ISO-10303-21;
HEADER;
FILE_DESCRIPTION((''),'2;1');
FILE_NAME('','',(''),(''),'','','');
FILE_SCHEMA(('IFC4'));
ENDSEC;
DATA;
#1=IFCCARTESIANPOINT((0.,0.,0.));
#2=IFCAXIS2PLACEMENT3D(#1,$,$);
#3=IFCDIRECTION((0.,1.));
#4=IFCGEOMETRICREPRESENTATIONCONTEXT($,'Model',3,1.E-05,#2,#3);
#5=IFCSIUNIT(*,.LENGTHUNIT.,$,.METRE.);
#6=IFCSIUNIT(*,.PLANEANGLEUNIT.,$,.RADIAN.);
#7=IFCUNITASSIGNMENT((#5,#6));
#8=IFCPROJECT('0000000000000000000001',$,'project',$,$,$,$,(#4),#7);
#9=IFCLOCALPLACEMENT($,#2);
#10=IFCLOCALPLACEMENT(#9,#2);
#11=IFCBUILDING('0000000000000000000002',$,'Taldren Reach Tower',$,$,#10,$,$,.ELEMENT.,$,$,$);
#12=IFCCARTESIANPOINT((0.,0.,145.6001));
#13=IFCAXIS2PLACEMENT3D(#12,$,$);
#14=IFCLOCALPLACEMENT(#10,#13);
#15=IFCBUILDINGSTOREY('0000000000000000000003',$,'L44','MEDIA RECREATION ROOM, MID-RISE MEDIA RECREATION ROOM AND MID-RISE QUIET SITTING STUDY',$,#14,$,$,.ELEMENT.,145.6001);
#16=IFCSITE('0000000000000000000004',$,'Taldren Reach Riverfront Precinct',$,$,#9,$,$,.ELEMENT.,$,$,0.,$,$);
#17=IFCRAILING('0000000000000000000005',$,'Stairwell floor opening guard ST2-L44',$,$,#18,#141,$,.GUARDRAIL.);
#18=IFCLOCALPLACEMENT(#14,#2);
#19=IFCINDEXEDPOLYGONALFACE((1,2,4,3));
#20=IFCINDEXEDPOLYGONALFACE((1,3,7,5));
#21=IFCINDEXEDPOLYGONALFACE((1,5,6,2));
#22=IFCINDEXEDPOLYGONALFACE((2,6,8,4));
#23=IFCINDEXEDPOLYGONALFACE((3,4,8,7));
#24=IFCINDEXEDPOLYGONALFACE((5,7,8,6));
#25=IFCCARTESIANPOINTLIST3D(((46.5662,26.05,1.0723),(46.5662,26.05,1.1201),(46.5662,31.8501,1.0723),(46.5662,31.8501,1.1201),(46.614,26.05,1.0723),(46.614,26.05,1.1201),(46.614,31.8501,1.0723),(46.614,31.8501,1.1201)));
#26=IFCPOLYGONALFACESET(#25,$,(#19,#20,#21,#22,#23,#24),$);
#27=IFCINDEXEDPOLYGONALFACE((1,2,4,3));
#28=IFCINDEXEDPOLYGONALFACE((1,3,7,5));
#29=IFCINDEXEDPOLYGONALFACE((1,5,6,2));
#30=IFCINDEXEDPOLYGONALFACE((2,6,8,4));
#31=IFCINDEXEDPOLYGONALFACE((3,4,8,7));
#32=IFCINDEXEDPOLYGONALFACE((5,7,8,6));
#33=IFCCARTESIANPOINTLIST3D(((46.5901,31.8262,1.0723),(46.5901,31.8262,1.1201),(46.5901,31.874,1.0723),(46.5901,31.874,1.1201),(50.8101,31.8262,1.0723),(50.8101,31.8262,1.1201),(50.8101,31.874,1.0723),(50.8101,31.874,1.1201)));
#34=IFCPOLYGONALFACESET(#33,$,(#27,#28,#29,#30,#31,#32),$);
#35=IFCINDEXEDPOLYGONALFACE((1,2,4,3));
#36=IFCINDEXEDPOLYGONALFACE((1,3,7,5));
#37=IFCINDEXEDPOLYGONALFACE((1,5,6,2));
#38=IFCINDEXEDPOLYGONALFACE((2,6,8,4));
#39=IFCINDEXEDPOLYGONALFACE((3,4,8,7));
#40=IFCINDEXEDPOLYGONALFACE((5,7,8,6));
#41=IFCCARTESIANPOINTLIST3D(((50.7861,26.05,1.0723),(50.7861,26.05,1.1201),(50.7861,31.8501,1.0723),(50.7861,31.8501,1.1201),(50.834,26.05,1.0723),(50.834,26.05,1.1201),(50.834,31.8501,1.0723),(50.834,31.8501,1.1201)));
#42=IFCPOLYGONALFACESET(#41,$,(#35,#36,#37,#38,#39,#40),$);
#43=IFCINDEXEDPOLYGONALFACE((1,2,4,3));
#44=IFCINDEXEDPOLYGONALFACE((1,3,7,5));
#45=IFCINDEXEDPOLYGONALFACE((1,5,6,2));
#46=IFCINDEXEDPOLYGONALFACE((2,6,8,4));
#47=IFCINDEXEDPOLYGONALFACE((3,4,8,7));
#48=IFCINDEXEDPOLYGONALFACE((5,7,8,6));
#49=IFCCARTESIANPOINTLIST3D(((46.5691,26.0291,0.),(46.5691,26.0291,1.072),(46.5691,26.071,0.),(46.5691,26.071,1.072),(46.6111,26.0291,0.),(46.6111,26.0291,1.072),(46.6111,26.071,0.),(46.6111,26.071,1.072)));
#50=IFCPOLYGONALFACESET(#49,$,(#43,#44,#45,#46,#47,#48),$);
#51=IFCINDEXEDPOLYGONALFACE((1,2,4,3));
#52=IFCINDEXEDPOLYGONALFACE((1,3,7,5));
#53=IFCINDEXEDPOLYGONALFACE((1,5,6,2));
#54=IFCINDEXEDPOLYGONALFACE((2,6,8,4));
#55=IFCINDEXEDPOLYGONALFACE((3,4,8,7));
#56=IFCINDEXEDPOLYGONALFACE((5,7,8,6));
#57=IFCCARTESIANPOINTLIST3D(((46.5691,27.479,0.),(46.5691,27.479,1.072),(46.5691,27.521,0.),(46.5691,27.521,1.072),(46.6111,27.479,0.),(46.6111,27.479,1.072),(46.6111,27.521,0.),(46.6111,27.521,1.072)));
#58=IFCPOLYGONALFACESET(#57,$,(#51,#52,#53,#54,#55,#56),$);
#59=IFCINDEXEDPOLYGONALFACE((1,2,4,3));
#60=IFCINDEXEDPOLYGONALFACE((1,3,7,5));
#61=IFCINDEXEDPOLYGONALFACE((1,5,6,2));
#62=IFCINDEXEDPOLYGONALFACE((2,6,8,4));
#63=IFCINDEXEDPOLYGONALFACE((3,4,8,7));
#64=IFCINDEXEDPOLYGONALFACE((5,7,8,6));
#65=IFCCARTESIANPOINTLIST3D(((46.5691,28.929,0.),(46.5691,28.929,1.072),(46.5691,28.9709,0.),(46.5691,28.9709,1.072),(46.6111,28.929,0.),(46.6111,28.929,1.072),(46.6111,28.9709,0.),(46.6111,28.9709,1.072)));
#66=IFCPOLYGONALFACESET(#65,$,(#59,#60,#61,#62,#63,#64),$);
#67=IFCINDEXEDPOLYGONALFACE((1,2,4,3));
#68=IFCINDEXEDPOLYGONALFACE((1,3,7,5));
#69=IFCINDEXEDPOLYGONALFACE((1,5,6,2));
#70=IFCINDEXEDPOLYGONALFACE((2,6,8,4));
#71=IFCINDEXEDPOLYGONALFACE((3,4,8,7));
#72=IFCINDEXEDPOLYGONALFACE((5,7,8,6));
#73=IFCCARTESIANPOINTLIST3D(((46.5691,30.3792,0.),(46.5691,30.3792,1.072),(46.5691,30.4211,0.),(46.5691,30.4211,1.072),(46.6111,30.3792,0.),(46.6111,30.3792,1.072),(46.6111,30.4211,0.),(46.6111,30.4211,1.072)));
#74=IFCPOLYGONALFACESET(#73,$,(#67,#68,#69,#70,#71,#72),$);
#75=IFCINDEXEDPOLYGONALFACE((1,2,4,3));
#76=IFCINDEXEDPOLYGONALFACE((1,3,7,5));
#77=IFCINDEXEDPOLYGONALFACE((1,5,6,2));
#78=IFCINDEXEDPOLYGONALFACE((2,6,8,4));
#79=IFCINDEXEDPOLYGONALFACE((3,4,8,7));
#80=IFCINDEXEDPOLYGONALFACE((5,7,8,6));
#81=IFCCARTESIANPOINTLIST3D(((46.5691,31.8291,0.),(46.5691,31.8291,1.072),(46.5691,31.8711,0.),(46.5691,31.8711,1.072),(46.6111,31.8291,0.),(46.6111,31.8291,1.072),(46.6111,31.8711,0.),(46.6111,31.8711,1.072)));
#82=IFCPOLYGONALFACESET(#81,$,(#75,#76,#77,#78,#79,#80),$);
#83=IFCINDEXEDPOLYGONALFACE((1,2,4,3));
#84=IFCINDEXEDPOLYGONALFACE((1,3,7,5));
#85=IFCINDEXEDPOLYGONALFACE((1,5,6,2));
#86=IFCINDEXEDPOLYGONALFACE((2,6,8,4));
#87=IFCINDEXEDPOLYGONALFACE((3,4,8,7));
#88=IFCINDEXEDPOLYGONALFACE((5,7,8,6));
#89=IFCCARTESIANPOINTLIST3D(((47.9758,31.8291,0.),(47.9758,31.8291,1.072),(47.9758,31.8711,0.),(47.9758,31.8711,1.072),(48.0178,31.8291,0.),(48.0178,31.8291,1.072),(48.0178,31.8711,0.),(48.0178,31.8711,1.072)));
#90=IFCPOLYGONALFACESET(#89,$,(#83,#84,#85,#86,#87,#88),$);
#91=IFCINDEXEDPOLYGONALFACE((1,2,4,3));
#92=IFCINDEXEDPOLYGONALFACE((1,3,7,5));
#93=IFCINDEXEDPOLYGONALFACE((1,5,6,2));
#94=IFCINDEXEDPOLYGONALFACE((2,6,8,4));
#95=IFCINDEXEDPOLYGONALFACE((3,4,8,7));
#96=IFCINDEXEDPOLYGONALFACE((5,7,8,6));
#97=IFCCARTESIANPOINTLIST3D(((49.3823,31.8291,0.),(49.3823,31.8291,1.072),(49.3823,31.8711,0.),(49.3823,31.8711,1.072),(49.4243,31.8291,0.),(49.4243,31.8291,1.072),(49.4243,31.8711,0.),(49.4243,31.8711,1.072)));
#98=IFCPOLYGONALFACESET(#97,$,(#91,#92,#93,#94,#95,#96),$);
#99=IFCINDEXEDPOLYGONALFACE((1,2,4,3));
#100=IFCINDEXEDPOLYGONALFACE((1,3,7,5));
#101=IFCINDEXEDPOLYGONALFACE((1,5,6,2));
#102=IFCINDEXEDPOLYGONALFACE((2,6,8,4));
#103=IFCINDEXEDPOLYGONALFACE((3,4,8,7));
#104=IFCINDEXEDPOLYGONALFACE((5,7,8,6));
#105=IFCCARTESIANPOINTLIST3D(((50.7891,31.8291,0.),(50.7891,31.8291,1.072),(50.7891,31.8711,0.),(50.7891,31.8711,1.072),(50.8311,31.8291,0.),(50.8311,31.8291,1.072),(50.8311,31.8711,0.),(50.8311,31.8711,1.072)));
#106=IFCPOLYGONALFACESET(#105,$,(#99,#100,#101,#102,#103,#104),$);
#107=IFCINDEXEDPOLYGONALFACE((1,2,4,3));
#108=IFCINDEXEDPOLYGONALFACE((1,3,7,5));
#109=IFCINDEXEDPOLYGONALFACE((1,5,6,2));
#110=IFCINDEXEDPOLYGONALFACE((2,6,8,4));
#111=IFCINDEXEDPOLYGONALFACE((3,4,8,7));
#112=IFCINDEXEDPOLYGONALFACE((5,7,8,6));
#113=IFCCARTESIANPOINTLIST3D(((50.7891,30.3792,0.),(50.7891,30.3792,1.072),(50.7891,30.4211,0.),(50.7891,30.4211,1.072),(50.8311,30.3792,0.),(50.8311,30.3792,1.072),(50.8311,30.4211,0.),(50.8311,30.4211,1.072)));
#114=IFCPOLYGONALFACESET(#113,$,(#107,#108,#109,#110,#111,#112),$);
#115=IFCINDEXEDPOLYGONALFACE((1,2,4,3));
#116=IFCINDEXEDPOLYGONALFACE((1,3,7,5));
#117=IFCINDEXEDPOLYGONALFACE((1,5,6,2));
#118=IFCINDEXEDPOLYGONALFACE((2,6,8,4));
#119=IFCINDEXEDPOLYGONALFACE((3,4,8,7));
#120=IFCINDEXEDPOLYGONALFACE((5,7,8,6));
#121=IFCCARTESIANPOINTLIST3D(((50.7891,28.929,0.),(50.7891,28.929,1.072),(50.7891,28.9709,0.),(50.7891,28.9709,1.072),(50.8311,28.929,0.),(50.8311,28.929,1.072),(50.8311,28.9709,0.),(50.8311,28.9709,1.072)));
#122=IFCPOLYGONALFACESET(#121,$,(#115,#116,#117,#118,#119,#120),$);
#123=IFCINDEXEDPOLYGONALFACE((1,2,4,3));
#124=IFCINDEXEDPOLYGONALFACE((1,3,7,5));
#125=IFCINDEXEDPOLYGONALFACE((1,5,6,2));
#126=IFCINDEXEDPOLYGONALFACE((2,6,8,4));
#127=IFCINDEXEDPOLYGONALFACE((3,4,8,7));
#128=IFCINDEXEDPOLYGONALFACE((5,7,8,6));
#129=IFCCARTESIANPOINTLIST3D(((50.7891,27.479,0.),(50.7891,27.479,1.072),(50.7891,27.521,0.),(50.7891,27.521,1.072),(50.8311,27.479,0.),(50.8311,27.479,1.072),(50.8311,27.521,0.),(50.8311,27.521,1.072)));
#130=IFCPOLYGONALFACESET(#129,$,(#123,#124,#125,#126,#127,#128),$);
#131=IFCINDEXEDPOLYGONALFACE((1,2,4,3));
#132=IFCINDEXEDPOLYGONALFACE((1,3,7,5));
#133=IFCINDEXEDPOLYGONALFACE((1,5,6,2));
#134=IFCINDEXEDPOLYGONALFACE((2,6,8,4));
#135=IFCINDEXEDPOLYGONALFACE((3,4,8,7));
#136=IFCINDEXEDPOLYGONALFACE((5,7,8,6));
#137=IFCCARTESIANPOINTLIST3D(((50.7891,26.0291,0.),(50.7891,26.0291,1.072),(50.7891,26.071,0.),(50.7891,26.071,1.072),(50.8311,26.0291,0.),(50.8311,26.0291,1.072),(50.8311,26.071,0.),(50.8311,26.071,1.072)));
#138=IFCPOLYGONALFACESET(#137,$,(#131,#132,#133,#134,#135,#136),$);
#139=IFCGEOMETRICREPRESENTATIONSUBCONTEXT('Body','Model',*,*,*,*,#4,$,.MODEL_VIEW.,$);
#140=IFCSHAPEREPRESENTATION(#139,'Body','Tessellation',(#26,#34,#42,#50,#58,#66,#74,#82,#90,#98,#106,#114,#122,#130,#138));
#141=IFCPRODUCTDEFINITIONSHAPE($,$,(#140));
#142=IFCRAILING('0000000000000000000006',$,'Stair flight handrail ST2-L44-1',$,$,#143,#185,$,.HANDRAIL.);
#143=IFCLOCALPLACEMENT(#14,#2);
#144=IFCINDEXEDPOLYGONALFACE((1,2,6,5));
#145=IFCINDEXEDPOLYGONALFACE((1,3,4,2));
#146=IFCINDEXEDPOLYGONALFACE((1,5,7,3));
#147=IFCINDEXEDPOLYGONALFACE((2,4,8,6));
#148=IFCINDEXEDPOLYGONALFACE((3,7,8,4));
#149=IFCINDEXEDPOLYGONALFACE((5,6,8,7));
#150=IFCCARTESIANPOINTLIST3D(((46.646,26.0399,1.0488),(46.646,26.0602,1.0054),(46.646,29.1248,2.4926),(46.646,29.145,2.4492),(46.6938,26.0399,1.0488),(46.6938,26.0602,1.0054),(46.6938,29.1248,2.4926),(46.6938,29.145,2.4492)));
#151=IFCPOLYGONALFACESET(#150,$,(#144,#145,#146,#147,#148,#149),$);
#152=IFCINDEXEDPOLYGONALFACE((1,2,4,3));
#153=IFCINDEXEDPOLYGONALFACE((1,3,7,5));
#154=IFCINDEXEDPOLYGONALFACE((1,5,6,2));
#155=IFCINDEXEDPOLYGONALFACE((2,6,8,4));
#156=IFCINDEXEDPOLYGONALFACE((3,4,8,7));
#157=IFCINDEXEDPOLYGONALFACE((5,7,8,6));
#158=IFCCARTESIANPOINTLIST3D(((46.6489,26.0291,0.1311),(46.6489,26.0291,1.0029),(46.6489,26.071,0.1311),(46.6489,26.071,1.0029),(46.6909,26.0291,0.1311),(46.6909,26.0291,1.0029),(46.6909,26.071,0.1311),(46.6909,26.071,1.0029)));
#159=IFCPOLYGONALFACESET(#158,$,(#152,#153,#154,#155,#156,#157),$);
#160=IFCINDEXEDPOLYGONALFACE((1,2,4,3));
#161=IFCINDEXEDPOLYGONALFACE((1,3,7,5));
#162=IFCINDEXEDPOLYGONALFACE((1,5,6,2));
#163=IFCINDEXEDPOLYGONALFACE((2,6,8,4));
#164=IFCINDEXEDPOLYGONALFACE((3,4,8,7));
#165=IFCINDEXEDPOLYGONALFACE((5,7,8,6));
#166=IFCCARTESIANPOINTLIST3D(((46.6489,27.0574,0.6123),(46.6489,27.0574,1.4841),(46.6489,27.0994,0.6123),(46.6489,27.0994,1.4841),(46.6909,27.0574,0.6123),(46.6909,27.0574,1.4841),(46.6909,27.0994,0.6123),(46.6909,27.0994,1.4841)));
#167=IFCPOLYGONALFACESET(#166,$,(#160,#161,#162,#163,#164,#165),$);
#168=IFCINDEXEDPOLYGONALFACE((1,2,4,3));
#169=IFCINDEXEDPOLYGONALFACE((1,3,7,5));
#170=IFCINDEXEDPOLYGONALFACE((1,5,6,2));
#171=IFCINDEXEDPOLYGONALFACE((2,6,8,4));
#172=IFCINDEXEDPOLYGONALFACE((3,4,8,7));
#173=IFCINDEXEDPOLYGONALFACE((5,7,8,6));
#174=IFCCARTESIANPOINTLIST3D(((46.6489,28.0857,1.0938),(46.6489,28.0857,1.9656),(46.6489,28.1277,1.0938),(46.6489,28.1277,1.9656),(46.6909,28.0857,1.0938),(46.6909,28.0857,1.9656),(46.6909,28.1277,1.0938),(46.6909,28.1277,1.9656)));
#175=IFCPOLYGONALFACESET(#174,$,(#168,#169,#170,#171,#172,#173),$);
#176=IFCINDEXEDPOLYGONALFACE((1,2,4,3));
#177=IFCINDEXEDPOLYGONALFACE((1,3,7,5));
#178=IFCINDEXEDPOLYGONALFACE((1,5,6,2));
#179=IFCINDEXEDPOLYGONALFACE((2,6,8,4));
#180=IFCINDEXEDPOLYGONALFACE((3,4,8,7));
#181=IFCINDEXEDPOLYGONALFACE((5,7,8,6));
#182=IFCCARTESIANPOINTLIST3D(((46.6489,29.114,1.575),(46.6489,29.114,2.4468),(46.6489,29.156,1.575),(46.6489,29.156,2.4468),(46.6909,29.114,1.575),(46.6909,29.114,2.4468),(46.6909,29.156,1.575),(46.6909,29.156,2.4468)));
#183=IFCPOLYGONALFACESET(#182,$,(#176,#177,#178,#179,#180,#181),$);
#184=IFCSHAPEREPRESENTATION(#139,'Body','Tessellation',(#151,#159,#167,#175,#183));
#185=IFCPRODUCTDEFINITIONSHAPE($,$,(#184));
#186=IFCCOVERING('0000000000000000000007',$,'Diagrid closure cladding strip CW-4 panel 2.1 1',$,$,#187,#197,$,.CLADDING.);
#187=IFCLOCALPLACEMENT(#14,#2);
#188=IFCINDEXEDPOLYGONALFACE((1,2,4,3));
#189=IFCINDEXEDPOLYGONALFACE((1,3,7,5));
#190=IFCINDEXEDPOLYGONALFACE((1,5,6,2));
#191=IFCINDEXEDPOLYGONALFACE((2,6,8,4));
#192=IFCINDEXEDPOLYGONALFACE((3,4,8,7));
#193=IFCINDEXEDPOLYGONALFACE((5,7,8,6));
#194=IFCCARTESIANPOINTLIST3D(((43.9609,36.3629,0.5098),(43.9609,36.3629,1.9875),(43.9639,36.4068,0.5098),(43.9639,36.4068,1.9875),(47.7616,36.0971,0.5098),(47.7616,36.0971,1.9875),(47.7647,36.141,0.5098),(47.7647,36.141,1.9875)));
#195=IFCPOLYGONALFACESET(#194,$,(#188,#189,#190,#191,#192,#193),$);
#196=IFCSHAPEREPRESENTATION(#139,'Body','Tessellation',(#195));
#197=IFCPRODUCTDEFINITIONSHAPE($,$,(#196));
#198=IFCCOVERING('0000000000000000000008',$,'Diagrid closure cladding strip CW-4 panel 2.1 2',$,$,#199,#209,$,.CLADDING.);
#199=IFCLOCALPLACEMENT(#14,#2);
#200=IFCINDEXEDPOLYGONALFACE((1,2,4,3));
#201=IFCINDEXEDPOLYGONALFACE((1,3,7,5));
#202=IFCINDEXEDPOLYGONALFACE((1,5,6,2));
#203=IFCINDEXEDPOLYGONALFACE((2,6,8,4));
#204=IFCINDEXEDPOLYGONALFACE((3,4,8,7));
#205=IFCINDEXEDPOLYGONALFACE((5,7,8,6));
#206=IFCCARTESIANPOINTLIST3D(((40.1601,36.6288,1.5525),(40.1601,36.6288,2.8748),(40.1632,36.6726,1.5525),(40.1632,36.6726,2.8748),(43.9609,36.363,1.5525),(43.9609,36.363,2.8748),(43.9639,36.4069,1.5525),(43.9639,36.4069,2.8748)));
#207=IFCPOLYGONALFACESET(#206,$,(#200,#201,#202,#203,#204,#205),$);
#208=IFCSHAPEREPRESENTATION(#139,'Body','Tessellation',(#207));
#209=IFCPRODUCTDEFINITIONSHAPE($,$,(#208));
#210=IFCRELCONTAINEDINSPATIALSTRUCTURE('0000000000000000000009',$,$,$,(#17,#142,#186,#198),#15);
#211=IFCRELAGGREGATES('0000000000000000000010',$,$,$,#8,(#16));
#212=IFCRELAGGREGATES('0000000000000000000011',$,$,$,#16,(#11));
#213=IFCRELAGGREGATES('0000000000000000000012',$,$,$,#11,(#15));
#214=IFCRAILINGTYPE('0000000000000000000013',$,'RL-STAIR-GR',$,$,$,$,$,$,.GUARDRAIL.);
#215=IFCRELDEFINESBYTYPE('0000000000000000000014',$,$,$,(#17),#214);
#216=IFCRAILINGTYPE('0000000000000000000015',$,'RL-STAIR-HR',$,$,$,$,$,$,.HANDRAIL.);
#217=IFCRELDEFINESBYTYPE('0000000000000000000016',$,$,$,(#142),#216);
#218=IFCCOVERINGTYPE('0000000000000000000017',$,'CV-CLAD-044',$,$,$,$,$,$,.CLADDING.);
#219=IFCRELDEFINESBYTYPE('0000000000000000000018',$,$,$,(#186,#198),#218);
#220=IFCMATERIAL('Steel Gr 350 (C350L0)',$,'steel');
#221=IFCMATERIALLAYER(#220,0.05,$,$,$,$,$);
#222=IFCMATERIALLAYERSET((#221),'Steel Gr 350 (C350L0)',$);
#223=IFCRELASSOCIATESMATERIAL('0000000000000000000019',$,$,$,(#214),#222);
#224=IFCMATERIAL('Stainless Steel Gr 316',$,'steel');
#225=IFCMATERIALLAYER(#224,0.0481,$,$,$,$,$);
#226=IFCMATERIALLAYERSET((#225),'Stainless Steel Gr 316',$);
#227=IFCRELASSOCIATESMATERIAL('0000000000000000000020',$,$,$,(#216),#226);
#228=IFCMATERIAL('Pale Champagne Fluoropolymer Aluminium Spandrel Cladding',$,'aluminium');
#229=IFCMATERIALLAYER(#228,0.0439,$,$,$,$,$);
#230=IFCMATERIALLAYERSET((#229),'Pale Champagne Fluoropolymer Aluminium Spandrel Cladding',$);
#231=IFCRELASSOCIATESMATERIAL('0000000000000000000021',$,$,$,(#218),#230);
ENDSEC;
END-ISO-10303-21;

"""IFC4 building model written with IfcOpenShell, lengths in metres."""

from ifc_helpers import new_model, si_unit, direction, frame, origin, origin_2d, place, context, subcontext, project, spatial, rectangle, extrude, source, transform, mapped, material, layer, layer_set, type_object, element, save


model = new_model("IFC4")

# Units and contexts
model_context = context("Model", 3, precision=1e-05, world=origin(), true_north=direction((0.0, 1.0)))
body_context = subcontext(model_context, "Body", "Model", "MODEL_VIEW")
ifc_project = project(units=[si_unit("LENGTHUNIT", "METRE"), si_unit("PLANEANGLEUNIT", "RADIAN")], contexts=[model_context])

# Site, building, storey
site_placement = place(None, origin())
site = spatial("IfcSite", under=ifc_project, at=site_placement, Name="Taldren Reach Riverfront Precinct", CompositionType="ELEMENT", RefElevation=0.0)
building_placement = place(site_placement, origin())
building = spatial("IfcBuilding", under=site, at=building_placement, Name="Taldren Reach Tower", CompositionType="ELEMENT")
storey_placement = place(building_placement, frame((0.0, 0.0, 145.6001)))
storey = spatial("IfcBuildingStorey", under=building, at=storey_placement, Name="L44", Description="MEDIA RECREATION ROOM, MID-RISE MEDIA RECREATION ROOM AND MID-RISE QUIET SITTING STUDY", CompositionType="ELEMENT", Elevation=145.6001)

# Shared definitions
ifc_material_1 = material(Name="Steel Gr 350 (C350L0)", Category="steel")

# Railings
ifc_layer_1 = layer(ifc_material_1, 0.05)
ifc_layer_set_1 = layer_set([ifc_layer_1], Name="Steel Gr 350 (C350L0)")
railing_type_1 = type_object("IfcRailingType", Name="RL-STAIR-GR", PredefinedType="GUARDRAIL", material=ifc_layer_set_1)
railing_1_placement = place(storey_placement, frame((46.5901, 26.05, 0.0)))
element("IfcRailing", 1, at=railing_1_placement, inside=storey, type_object=railing_type_1, Name="Stairwell floor opening guard ST2-L44", PredefinedType="GUARDRAIL", context=body_context, shape_type="SweptSolid", body=[
    extrude(rectangle(XDim=0.0479, YDim=0.0479, at=origin_2d()), frame((0.0, 0.0, 1.0962), z_axis=(0.0, 1.0, 0.0), x_axis=(-1.0, 0.0, 0.0)), (0.0, 0.0, 1.0), 5.8),
    extrude(rectangle(XDim=0.0479, YDim=0.0479, at=origin_2d()), frame((0.0, 5.8, 1.0962), z_axis=(1.0, 0.0, 0.0), x_axis=(0.0, 1.0, 0.0)), (0.0, 0.0, 1.0), 4.22),
    extrude(rectangle(XDim=0.0479, YDim=0.0479, at=origin_2d()), frame((4.22, 5.8, 1.0962), z_axis=(0.0, -1.0, 0.0), x_axis=(1.0, 0.0, 0.0)), (0.0, 0.0, 1.0), 5.8),
    extrude(rectangle(XDim=0.042, YDim=0.042, at=origin_2d()), origin(), (0.0, 0.0, 1.0), 1.072),
    extrude(rectangle(XDim=0.042, YDim=0.042, at=origin_2d()), frame((0.0, 1.45, 0.0)), (0.0, 0.0, 1.0), 1.072),
    extrude(rectangle(XDim=0.042, YDim=0.042, at=origin_2d()), frame((0.0, 2.8999, 0.0)), (0.0, 0.0, 1.0), 1.072),
    extrude(rectangle(XDim=0.042, YDim=0.042, at=origin_2d()), frame((0.0, 4.3501, 0.0)), (0.0, 0.0, 1.0), 1.072),
    extrude(rectangle(XDim=0.042, YDim=0.042, at=origin_2d()), frame((0.0, 5.8, 0.0)), (0.0, 0.0, 1.0), 1.072),
    extrude(rectangle(XDim=0.042, YDim=0.042, at=origin_2d()), frame((1.4067, 5.8, 0.0)), (0.0, 0.0, 1.0), 1.072),
    extrude(rectangle(XDim=0.042, YDim=0.042, at=origin_2d()), frame((2.8132, 5.8, 0.0)), (0.0, 0.0, 1.0), 1.072),
    extrude(rectangle(XDim=0.042, YDim=0.042, at=origin_2d()), frame((4.22, 5.8, 0.0)), (0.0, 0.0, 1.0), 1.072),
    extrude(rectangle(XDim=0.042, YDim=0.042, at=origin_2d()), frame((4.22, 4.3501, 0.0)), (0.0, 0.0, 1.0), 1.072),
    extrude(rectangle(XDim=0.042, YDim=0.042, at=origin_2d()), frame((4.22, 2.8999, 0.0)), (0.0, 0.0, 1.0), 1.072),
    extrude(rectangle(XDim=0.042, YDim=0.042, at=origin_2d()), frame((4.22, 1.45, 0.0)), (0.0, 0.0, 1.0), 1.072),
    extrude(rectangle(XDim=0.042, YDim=0.042, at=origin_2d()), frame((4.22, 0.0, 0.0)), (0.0, 0.0, 1.0), 1.072),
])
ifc_material_2 = material(Name="Stainless Steel Gr 316", Category="steel")
ifc_layer_2 = layer(ifc_material_2, 0.0481)
ifc_layer_set_2 = layer_set([ifc_layer_2], Name="Stainless Steel Gr 316")
railing_type_2 = type_object("IfcRailingType", Name="RL-STAIR-HR", PredefinedType="HANDRAIL", material=ifc_layer_set_2)
railing_2_placement = place(storey_placement, frame((46.6699, 26.05, 0.1311)))
element("IfcRailing", 2, at=railing_2_placement, inside=storey, type_object=railing_type_2, Name="Stair flight handrail ST2-L44-1", PredefinedType="HANDRAIL", context=body_context, shape_type="SweptSolid", body=[
    extrude(rectangle(XDim=0.0479, YDim=0.0479, at=origin_2d()), frame((0.0, 0.0, 0.896), z_axis=(0.0, 0.90571, 0.423898), x_axis=(-1.0, 0.0, 0.0)), (0.0, 0.0, 1.0), 3.406),
    extrude(rectangle(XDim=0.042, YDim=0.042, at=origin_2d()), origin(), (0.0, 0.0, 1.0), 0.8718),
    extrude(rectangle(XDim=0.042, YDim=0.042, at=origin_2d()), frame((0.0, 1.0283, 0.4812)), (0.0, 0.0, 1.0), 0.8718),
    extrude(rectangle(XDim=0.042, YDim=0.042, at=origin_2d()), frame((0.0, 2.0566, 0.9626)), (0.0, 0.0, 1.0), 0.8718),
    extrude(rectangle(XDim=0.042, YDim=0.042, at=origin_2d()), frame((0.0, 3.085, 1.4438)), (0.0, 0.0, 1.0), 0.8718),
])

# Coverings
ifc_material_3 = material(Name="Pale Champagne Fluoropolymer Aluminium Spandrel Cladding", Category="aluminium")
ifc_layer_3 = layer(ifc_material_3, 0.0439)
ifc_layer_set_3 = layer_set([ifc_layer_3], Name="Pale Champagne Fluoropolymer Aluminium Spandrel Cladding")
covering_type = type_object("IfcCoveringType", Name="CV-CLAD-044", PredefinedType="CLADDING", material=ifc_layer_set_3)
shared_shape_1 = source(origin(), body_context, "Body", "SweptSolid", [
    extrude(rectangle(XDim=3.8101, YDim=0.0439, at=origin_2d()), origin(), (0.0, 0.0, 1.0), 1.4778),
])
covering_1_placement = place(storey_placement, frame((45.8628, 36.252, 0.5098), z_axis=(0.0, 0.0, 1.0), x_axis=(-0.997564, 0.069757, 0.0)))
element("IfcCovering", 3, at=covering_1_placement, inside=storey, type_object=covering_type, Name="Diagrid closure cladding strip CW-4 panel 2.1 1", PredefinedType="CLADDING", context=body_context, shape_type="MappedRepresentation", body=[
    mapped(shared_shape_1, transform((0.0, 0.0, 0.0), scale=1.0)),
])
shared_shape_2 = source(origin(), body_context, "Body", "SweptSolid", [
    extrude(rectangle(XDim=3.8101, YDim=0.0439, at=origin_2d()), origin(), (0.0, 0.0, 1.0), 1.3223),
])
covering_2_placement = place(storey_placement, frame((42.062, 36.5178, 1.5525), z_axis=(0.0, 0.0, 1.0), x_axis=(-0.997564, 0.069757, 0.0)))
element("IfcCovering", 4, at=covering_2_placement, inside=storey, type_object=covering_type, Name="Diagrid closure cladding strip CW-4 panel 2.1 2", PredefinedType="CLADDING", context=body_context, shape_type="MappedRepresentation", body=[
    mapped(shared_shape_2, transform((0.0, 0.0, 0.0), scale=1.0)),
])

save(model, "model.ifc")
